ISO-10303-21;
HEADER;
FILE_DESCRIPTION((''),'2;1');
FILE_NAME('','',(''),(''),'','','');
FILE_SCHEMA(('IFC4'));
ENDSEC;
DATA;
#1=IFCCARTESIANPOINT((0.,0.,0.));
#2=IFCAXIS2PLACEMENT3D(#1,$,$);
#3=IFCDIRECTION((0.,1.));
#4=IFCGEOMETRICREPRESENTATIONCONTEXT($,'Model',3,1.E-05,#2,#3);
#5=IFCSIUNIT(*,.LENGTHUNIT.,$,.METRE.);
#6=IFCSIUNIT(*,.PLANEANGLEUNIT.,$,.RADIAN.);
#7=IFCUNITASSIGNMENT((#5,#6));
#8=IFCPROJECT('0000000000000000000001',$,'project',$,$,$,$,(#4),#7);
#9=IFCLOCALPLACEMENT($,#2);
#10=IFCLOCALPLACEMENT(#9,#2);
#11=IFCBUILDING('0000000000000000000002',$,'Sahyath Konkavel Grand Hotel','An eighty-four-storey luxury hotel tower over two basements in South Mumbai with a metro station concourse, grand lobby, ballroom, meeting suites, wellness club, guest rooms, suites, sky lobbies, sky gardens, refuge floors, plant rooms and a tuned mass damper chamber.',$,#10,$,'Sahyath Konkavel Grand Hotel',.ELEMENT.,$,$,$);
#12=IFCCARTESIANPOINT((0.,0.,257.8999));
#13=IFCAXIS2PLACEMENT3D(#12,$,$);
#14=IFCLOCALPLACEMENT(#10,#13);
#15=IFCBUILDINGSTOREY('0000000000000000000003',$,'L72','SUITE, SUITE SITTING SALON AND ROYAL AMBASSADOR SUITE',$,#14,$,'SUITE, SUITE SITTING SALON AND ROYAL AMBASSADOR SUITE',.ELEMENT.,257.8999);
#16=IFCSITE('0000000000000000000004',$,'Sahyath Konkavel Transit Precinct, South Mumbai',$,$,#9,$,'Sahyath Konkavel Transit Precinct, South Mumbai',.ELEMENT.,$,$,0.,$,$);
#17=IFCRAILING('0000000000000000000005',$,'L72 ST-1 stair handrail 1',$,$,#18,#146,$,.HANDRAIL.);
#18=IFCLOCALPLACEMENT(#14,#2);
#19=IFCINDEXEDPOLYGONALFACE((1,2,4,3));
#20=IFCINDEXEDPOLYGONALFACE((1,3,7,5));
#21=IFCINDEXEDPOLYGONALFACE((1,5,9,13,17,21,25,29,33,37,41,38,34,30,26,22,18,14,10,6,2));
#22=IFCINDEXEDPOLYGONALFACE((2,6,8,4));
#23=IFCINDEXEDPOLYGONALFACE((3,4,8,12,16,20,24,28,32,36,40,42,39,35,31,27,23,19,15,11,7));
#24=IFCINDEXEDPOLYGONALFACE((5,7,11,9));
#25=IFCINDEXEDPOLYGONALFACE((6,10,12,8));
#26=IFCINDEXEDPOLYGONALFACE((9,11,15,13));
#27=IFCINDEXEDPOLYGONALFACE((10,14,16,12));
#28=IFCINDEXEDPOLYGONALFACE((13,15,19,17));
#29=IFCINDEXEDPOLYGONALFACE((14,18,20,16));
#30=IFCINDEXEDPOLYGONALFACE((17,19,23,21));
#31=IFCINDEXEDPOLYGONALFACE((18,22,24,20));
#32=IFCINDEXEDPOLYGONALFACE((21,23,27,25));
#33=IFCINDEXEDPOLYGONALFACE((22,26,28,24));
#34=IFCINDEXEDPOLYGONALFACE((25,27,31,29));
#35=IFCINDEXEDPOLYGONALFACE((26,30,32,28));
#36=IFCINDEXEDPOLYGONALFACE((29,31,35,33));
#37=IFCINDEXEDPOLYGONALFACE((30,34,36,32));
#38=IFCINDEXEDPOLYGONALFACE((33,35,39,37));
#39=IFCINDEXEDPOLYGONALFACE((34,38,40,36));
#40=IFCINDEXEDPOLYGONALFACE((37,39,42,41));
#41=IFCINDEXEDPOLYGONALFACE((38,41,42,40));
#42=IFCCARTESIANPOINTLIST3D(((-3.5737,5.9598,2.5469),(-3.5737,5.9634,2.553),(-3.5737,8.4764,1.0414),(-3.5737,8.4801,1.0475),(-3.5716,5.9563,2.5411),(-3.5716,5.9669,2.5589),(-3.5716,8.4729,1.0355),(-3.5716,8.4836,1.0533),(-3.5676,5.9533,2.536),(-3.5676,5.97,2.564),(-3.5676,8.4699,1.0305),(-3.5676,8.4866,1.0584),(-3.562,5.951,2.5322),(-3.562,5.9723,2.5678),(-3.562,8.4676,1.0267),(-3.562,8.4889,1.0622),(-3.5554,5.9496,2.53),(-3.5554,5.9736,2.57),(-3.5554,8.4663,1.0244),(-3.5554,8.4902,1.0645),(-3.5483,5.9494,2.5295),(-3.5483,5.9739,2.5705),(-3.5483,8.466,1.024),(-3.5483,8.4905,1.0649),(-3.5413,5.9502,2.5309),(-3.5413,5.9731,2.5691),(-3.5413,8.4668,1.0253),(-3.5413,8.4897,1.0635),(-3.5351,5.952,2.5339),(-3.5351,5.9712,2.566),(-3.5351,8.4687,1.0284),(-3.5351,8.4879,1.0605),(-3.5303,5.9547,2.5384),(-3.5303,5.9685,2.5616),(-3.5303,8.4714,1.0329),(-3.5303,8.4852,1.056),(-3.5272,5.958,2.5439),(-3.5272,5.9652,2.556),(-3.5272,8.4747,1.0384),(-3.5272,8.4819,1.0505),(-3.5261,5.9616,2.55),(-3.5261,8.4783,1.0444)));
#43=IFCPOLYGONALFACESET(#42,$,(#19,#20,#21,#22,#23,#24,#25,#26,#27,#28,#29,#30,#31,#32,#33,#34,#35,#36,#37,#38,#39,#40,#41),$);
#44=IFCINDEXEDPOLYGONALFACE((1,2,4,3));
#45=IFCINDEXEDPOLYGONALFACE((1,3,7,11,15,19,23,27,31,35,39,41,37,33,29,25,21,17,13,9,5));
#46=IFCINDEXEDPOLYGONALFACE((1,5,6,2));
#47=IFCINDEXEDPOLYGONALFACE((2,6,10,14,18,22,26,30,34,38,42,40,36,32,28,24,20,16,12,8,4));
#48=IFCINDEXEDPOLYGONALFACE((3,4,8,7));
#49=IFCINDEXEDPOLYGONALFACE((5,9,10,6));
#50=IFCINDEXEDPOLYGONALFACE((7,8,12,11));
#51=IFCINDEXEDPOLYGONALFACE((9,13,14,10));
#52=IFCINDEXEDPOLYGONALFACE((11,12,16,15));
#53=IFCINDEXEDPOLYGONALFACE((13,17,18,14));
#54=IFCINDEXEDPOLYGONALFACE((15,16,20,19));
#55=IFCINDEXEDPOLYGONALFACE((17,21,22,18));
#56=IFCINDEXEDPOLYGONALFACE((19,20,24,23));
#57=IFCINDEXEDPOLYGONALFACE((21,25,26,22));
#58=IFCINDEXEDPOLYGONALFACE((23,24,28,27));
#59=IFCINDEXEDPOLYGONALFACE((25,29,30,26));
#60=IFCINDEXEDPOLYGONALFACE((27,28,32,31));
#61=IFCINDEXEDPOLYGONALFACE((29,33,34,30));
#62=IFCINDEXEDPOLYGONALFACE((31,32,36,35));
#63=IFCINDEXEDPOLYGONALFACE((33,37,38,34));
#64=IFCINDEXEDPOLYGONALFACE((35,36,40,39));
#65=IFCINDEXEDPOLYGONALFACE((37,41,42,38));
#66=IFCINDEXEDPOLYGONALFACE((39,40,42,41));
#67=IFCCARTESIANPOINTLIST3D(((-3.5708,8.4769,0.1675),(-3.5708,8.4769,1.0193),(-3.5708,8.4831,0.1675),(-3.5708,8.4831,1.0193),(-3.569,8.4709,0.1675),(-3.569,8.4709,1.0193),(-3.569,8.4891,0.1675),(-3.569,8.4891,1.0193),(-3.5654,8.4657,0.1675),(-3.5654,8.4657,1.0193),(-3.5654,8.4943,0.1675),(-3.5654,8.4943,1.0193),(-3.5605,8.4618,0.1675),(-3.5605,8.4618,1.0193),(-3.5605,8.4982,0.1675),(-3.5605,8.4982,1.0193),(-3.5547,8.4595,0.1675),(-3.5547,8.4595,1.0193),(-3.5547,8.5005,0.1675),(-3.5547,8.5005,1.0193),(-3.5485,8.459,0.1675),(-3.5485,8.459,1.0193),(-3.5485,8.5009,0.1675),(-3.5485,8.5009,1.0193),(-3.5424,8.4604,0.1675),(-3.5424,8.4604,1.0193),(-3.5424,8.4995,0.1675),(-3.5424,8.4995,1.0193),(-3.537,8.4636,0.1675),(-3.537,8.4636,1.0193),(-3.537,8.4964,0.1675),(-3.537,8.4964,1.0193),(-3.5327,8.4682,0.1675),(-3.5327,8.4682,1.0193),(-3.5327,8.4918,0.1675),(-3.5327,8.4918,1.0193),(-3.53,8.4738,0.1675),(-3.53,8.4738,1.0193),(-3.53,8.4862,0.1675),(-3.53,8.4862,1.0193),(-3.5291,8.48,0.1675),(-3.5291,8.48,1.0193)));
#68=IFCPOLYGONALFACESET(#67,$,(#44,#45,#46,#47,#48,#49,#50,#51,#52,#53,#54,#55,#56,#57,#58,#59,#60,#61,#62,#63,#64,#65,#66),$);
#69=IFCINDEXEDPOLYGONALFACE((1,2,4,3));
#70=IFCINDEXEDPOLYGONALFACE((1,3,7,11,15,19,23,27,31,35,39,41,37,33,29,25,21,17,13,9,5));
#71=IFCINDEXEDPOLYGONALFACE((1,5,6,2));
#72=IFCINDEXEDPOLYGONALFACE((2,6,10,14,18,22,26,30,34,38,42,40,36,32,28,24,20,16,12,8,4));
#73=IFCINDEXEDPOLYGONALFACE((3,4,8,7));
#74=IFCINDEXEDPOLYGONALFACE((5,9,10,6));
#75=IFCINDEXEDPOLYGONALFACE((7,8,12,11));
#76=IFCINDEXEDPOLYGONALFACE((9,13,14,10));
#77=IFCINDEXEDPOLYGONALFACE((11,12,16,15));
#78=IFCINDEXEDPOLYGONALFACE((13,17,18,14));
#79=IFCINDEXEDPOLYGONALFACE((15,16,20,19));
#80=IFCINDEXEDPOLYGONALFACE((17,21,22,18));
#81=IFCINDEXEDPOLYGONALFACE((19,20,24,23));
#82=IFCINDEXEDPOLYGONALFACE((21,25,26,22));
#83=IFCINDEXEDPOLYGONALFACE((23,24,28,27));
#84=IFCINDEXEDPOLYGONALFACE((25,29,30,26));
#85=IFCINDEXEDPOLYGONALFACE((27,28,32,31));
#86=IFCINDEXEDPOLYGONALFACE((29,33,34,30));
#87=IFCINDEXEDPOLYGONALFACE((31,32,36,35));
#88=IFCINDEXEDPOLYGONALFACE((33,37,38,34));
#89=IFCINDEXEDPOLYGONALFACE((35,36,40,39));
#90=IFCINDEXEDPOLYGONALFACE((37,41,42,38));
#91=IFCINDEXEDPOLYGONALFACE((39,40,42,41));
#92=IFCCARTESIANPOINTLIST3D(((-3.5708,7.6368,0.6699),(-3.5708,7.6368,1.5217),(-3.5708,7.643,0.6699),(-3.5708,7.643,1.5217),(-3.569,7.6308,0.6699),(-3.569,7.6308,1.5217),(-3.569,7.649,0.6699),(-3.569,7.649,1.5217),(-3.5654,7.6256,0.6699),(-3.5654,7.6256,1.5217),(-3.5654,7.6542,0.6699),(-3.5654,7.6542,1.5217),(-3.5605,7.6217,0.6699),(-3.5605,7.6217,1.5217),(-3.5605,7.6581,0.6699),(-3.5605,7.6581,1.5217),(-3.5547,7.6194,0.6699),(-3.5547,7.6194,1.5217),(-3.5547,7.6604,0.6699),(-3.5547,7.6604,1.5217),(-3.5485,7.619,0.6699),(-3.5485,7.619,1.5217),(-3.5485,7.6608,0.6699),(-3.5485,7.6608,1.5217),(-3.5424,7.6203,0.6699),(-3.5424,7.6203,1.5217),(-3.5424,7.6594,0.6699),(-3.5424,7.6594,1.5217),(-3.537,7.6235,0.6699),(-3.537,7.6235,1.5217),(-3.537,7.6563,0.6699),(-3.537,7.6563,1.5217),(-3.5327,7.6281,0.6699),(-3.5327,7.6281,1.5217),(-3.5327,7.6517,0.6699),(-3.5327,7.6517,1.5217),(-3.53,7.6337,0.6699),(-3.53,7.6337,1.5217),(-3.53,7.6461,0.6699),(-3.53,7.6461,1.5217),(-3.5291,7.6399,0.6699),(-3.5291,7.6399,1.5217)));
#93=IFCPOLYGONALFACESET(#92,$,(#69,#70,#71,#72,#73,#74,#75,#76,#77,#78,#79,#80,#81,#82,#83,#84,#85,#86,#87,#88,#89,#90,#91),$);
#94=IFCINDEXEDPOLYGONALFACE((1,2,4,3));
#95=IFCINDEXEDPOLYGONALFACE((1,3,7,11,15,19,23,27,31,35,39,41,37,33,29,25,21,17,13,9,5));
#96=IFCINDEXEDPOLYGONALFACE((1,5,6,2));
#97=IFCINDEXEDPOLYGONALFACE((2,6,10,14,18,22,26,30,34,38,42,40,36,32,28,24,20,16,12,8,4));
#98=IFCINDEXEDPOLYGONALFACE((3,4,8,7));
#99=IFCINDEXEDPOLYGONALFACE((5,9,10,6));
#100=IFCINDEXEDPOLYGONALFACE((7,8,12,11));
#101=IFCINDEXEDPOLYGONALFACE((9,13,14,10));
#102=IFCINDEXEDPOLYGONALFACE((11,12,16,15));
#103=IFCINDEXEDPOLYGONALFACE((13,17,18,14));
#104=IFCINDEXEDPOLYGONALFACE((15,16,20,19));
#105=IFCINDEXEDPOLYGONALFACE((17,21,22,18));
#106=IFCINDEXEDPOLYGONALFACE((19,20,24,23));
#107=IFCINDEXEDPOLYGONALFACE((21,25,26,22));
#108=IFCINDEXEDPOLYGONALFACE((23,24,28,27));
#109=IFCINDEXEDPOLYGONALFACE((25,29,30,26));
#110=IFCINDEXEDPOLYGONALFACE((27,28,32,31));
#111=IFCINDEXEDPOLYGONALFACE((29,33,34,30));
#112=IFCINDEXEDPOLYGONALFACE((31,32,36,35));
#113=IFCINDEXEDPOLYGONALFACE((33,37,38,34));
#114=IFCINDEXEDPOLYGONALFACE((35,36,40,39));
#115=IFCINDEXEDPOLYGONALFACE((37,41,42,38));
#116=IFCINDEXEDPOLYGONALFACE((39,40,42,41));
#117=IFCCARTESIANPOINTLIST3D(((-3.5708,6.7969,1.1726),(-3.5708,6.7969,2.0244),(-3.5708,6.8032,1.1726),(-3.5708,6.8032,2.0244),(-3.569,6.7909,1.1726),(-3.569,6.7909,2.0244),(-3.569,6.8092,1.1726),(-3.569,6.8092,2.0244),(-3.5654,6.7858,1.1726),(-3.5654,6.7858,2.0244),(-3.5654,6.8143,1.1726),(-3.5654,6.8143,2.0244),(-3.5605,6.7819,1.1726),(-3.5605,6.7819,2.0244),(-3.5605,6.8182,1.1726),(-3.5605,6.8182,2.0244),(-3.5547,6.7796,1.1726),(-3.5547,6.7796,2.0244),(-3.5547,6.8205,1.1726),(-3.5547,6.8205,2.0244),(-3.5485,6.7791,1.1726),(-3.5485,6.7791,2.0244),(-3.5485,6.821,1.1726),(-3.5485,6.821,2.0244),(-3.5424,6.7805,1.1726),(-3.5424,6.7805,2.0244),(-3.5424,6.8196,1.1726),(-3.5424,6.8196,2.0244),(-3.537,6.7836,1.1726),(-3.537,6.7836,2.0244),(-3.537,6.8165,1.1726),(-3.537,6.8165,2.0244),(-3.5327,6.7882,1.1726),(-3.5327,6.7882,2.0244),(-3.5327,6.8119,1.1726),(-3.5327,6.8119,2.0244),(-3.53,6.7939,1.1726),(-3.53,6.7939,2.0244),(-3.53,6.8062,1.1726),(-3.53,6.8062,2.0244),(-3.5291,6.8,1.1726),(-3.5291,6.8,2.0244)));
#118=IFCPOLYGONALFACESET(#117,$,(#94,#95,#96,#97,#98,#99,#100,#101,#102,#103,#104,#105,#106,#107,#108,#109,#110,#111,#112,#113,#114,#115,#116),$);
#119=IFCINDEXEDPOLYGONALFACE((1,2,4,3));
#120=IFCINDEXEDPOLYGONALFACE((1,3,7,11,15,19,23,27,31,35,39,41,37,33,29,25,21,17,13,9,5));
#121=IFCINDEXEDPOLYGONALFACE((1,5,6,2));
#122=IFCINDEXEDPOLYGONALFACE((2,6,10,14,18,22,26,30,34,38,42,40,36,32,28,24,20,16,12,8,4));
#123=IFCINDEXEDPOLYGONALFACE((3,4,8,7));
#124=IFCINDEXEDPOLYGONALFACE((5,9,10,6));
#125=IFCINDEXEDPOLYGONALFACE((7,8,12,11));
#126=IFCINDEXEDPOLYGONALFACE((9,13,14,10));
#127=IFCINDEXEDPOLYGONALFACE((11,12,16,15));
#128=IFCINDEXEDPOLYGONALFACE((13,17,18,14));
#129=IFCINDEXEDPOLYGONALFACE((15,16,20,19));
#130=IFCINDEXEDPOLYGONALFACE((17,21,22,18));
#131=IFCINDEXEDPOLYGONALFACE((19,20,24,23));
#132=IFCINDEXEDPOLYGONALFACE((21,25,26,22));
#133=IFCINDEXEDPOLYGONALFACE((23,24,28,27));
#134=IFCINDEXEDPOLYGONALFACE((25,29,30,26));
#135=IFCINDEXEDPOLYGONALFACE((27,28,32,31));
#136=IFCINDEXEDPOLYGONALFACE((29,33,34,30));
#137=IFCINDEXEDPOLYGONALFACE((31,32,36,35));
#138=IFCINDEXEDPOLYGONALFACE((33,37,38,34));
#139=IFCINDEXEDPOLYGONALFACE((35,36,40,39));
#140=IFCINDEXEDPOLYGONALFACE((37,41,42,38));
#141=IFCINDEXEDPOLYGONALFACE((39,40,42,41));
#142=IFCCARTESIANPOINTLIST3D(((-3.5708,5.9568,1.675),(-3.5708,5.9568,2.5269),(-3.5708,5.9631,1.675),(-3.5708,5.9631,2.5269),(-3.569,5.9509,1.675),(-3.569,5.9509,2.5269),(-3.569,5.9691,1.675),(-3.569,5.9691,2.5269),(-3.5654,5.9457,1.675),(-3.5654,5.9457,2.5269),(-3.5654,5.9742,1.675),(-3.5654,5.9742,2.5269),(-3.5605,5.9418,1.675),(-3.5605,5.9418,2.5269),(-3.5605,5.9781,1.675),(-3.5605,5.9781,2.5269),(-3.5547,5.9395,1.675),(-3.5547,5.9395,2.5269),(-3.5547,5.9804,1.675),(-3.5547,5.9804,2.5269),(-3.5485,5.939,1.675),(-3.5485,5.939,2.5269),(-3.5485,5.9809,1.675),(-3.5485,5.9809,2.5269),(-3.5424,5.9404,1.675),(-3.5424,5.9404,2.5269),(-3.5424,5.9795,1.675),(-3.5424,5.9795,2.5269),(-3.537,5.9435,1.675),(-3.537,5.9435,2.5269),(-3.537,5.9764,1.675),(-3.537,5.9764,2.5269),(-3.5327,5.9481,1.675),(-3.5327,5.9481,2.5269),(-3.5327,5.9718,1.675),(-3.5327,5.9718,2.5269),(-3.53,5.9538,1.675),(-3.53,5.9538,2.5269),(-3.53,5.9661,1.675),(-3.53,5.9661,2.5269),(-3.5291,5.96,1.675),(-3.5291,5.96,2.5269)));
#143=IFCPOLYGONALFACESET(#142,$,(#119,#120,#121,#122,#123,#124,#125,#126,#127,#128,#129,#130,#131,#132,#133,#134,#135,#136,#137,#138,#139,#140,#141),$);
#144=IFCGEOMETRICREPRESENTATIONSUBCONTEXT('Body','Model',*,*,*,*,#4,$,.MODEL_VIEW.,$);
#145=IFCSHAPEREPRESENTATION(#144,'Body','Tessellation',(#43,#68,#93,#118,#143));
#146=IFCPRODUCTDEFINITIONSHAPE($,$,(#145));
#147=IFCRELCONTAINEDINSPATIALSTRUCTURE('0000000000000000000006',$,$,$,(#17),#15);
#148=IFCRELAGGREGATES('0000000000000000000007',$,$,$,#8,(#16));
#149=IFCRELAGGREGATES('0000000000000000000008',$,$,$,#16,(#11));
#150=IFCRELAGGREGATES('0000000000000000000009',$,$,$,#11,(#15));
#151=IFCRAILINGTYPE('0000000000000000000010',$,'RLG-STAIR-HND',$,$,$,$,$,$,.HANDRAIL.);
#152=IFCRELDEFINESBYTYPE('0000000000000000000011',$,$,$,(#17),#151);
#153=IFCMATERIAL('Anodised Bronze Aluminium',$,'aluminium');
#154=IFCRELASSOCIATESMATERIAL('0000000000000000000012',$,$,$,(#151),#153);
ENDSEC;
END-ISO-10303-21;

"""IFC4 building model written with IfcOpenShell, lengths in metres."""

from ifc_helpers import new_model, si_unit, direction, frame, origin, origin_2d, place, context, subcontext, project, spatial, circle, extrude, material, type_object, element, save


model = new_model("IFC4")

# Units and contexts
model_context = context("Model", 3, precision=1e-05, world=origin(), true_north=direction((0.0, 1.0)))
body_context = subcontext(model_context, "Body", "Model", "MODEL_VIEW")
ifc_project = project(units=[si_unit("LENGTHUNIT", "METRE"), si_unit("PLANEANGLEUNIT", "RADIAN")], contexts=[model_context])

# Site, building, storey
site_placement = place(None, origin())
site = spatial("IfcSite", under=ifc_project, at=site_placement, Name="Sahyath Konkavel Transit Precinct, South Mumbai", LongName="Sahyath Konkavel Transit Precinct, South Mumbai", CompositionType="ELEMENT", RefElevation=0.0)
building_placement = place(site_placement, origin())
building = spatial("IfcBuilding", under=site, at=building_placement, Name="Sahyath Konkavel Grand Hotel", Description="An eighty-four-storey luxury hotel tower over two basements in South Mumbai with a metro station concourse, grand lobby, ballroom, meeting suites, wellness club, guest rooms, suites, sky lobbies, sky gardens, refuge floors, plant rooms and a tuned mass damper chamber.", LongName="Sahyath Konkavel Grand Hotel", CompositionType="ELEMENT")
storey_placement = place(building_placement, frame((0.0, 0.0, 257.8999)))
storey = spatial("IfcBuildingStorey", under=building, at=storey_placement, Name="L72", Description="SUITE, SUITE SITTING SALON AND ROYAL AMBASSADOR SUITE", LongName="SUITE, SUITE SITTING SALON AND ROYAL AMBASSADOR SUITE", CompositionType="ELEMENT", Elevation=257.8999)

# Shared definitions
ifc_material_1 = material(Name="Anodised Bronze Aluminium", Category="aluminium")

# Railing
railing_type_1 = type_object("IfcRailingType", Name="RLG-STAIR-HND", PredefinedType="HANDRAIL", material=ifc_material_1)
railing_1_placement = place(storey_placement, frame((-3.55, 8.48, 0.1675)))
element("IfcRailing", 1, at=railing_1_placement, inside=storey, type_object=railing_type_1, Name="L72 ST-1 stair handrail 1", PredefinedType="HANDRAIL", context=body_context, shape_type="SweptSolid", body=[
    extrude(circle(Radius=0.0239, at=origin_2d()), frame((0.0, -0.0017, 0.877), z_axis=(0.0, -0.85816, 0.513383), x_axis=(1.0, 0.0, 0.0)), (0.0, 0.0, 1.0), 2.9326),
    extrude(circle(Radius=0.021, at=origin_2d()), origin(), (0.0, 0.0, 1.0), 0.8518),
    extrude(circle(Radius=0.021, at=origin_2d()), frame((0.0, -0.8401, 0.5024)), (0.0, 0.0, 1.0), 0.8518),
    extrude(circle(Radius=0.021, at=origin_2d()), frame((0.0, -1.6799, 1.0051)), (0.0, 0.0, 1.0), 0.8518),
    extrude(circle(Radius=0.021, at=origin_2d()), frame((0.0, -2.52, 1.5076)), (0.0, 0.0, 1.0), 0.8518),
])

save(model, "model.ifc")
